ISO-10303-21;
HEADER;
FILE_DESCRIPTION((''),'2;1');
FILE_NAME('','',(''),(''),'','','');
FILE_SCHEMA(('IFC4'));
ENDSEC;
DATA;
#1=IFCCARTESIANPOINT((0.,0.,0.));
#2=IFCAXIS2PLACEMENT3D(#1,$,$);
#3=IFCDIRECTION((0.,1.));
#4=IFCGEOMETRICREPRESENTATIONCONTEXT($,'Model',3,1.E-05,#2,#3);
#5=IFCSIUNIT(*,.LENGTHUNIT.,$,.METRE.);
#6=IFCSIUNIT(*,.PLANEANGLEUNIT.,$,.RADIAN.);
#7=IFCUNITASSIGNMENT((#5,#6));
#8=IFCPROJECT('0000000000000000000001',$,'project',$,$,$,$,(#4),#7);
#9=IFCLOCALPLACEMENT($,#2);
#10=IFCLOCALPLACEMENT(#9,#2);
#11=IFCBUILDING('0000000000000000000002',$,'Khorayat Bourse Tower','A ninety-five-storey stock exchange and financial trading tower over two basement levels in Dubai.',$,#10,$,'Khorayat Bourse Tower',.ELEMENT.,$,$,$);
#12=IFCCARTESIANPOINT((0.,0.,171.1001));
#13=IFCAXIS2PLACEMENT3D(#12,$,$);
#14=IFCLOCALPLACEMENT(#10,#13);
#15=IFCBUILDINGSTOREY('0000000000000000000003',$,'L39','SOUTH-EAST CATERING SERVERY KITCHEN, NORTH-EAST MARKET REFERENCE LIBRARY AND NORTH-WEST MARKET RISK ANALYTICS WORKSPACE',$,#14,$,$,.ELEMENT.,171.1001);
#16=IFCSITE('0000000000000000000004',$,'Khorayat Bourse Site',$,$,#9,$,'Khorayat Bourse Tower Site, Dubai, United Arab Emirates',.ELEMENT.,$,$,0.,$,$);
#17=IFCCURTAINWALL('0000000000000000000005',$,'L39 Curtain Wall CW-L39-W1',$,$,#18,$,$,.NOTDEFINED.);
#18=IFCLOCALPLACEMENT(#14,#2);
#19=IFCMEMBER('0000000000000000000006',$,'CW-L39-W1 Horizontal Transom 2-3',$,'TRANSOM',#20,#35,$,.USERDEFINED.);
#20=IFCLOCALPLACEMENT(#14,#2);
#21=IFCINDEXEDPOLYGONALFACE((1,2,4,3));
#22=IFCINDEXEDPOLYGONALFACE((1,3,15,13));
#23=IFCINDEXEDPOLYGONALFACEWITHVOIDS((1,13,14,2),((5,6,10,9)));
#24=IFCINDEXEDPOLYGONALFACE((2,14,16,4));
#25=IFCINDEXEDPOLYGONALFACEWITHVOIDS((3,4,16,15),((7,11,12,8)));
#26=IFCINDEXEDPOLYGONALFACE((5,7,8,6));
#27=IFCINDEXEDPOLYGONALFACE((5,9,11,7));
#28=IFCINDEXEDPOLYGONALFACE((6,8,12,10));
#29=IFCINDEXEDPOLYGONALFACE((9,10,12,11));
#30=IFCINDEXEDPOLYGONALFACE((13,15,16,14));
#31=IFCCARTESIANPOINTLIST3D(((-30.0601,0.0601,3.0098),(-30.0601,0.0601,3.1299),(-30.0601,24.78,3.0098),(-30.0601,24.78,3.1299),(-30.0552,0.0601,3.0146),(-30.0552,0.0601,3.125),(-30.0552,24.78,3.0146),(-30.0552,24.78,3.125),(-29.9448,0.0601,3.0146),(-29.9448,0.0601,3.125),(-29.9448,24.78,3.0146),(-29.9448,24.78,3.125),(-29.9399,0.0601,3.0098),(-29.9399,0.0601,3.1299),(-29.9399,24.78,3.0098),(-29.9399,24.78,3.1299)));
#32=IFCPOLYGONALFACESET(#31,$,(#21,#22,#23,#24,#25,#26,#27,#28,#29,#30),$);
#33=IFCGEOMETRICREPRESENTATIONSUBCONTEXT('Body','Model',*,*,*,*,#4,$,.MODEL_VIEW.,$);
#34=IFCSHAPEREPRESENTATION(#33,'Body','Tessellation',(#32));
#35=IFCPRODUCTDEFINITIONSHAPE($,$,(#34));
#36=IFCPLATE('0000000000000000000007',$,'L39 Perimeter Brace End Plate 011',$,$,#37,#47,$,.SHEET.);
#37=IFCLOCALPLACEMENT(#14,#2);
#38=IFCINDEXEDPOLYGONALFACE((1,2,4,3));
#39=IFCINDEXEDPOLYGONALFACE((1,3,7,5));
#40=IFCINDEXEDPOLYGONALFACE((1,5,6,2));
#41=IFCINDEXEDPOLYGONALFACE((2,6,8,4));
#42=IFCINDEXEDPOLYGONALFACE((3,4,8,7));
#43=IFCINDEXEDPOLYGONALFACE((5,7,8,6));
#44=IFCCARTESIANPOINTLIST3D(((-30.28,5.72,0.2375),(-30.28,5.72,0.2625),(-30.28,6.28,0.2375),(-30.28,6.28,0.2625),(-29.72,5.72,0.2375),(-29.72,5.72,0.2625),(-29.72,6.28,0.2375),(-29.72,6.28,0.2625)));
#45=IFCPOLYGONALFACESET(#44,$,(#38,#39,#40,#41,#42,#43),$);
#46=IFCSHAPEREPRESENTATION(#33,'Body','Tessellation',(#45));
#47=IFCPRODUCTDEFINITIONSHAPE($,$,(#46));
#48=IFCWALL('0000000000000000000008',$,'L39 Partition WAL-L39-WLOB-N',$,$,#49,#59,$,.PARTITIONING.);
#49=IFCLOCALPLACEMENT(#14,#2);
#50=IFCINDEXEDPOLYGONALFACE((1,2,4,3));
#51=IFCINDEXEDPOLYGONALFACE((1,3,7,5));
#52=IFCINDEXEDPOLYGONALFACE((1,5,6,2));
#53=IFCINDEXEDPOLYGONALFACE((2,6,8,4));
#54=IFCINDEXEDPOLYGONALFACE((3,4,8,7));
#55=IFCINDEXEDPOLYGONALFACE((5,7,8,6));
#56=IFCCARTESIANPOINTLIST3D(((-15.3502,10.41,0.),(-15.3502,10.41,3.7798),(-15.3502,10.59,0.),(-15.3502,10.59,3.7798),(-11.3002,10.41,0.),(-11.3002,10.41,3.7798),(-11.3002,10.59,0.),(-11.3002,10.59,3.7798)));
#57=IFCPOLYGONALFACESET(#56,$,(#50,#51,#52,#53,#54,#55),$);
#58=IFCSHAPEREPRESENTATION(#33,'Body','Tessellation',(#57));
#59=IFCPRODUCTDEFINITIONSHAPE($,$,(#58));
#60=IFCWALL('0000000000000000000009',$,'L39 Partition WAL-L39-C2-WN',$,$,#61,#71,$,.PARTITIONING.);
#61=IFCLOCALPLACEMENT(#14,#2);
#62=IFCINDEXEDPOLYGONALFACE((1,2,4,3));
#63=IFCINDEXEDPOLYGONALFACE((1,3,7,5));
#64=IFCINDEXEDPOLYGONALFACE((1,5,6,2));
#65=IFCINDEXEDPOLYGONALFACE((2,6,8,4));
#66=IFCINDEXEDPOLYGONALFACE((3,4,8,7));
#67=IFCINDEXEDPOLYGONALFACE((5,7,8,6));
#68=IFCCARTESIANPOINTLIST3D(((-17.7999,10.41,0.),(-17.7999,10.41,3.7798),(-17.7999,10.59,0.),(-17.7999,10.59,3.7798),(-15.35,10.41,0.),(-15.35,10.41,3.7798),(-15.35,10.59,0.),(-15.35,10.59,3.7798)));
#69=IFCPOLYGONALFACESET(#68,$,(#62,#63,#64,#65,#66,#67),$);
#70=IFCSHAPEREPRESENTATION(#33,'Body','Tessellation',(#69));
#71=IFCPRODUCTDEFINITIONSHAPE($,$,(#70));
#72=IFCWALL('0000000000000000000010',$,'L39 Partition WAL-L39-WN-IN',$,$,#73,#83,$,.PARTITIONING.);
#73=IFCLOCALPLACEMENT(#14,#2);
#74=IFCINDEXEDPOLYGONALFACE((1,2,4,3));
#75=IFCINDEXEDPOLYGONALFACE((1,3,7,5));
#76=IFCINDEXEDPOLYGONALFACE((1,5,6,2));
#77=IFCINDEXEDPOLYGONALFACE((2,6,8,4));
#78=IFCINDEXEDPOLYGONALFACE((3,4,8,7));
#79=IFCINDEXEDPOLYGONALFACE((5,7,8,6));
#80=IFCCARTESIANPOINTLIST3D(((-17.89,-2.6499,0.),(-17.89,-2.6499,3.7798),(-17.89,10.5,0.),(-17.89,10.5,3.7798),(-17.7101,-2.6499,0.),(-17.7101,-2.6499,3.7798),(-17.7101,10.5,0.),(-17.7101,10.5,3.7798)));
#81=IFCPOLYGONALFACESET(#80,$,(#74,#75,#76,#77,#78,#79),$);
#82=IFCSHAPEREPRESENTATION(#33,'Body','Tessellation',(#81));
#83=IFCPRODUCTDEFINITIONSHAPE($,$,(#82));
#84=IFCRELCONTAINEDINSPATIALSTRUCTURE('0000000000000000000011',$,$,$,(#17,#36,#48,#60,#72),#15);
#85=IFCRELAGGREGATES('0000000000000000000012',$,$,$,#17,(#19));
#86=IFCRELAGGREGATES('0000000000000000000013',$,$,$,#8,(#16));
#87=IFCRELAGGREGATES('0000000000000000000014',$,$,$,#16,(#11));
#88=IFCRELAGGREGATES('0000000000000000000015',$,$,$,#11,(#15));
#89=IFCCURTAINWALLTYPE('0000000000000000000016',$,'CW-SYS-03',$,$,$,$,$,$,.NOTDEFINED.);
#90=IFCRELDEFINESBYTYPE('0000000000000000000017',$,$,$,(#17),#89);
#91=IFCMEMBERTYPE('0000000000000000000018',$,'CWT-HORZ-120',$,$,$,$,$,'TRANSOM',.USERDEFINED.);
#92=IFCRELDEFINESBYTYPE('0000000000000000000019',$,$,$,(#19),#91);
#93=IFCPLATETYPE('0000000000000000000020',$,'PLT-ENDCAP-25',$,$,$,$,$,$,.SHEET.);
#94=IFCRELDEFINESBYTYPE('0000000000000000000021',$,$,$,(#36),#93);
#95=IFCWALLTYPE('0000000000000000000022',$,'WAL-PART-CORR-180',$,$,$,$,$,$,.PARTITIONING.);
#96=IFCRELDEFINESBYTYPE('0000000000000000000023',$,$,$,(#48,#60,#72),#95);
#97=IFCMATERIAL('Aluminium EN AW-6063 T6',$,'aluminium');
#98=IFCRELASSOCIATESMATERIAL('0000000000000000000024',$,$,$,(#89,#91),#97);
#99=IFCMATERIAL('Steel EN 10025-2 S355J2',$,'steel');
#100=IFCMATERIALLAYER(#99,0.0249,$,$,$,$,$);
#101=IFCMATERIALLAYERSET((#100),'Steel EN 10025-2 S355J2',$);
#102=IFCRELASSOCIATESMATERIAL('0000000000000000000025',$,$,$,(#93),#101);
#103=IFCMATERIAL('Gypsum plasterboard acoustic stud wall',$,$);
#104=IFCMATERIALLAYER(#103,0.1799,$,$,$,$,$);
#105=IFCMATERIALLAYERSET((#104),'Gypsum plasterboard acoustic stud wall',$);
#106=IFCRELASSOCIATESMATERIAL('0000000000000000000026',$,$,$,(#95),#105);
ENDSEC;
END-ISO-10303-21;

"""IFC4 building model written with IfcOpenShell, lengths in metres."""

from ifc_helpers import new_model, si_unit, direction, frame, frame_2d, origin, origin_2d, place, context, subcontext, project, spatial, rectangle, hollow_rectangle, extrude, source, transform, mapped, material, layer, layer_set, material_profile, profile_set, type_object, element, aggregate, save


model = new_model("IFC4")

# Units and contexts
model_context = context("Model", 3, precision=1e-05, world=origin(), true_north=direction((0.0, 1.0)))
body_context = subcontext(model_context, "Body", "Model", "MODEL_VIEW")
ifc_project = project(units=[si_unit("LENGTHUNIT", "METRE"), si_unit("PLANEANGLEUNIT", "RADIAN")], contexts=[model_context])

# Site, building, storey
site_placement = place(None, origin())
site = spatial("IfcSite", under=ifc_project, at=site_placement, Name="Khorayat Bourse Site", LongName="Khorayat Bourse Tower Site, Dubai, United Arab Emirates", CompositionType="ELEMENT", RefElevation=0.0)
building_placement = place(site_placement, origin())
building = spatial("IfcBuilding", under=site, at=building_placement, Name="Khorayat Bourse Tower", Description="A ninety-five-storey stock exchange and financial trading tower over two basement levels in Dubai.", LongName="Khorayat Bourse Tower", CompositionType="ELEMENT")
storey_placement = place(building_placement, frame((0.0, 0.0, 171.1001)))
storey = spatial("IfcBuildingStorey", under=building, at=storey_placement, Name="L39", Description="SOUTH-EAST CATERING SERVERY KITCHEN, NORTH-EAST MARKET REFERENCE LIBRARY AND NORTH-WEST MARKET RISK ANALYTICS WORKSPACE", CompositionType="ELEMENT", Elevation=171.1001)

# Curtain wall, member
ifc_material_1 = material(Name="Aluminium EN AW-6063 T6", Category="aluminium")
curtain_wall_type = type_object("IfcCurtainWallType", Name="CW-SYS-03", PredefinedType="NOTDEFINED", material=ifc_material_1)
curtain_wall_placement = place(storey_placement, origin())
curtain_wall = element("IfcCurtainWall", 1, at=curtain_wall_placement, inside=storey, type_object=curtain_wall_type, Name="L39 Curtain Wall CW-L39-W1", PredefinedType="NOTDEFINED")
ifc_material_profile_1 = material_profile(ifc_material_1, hollow_rectangle(XDim=0.1201, YDim=0.1201, WallThickness=0.0049, at=origin_2d()), Name="ALU 120x120x5")
ifc_profile_set_1 = profile_set([ifc_material_profile_1], Name="Aluminium EN AW-6063 T6")
member_type_1 = type_object("IfcMemberType", Name="CWT-HORZ-120", ElementType="TRANSOM", PredefinedType="USERDEFINED", material=ifc_profile_set_1)
shared_shape_1 = source(origin(), body_context, "Body", "SweptSolid", [
    extrude(hollow_rectangle(XDim=0.1201, YDim=0.1201, WallThickness=0.0049, at=origin_2d()), origin(), (0.0, 0.0, 1.0), 24.72),
])
member_1_placement = place(storey_placement, frame((-30.0, 0.0601, 3.0698), z_axis=(0.0, 1.0, 0.0), x_axis=(-1.0, 0.0, 0.0)))
member_1 = element("IfcMember", 2, at=member_1_placement, type_object=member_type_1, Name="CW-L39-W1 Horizontal Transom 2-3", ObjectType="TRANSOM", PredefinedType="USERDEFINED", context=body_context, shape_type="MappedRepresentation", body=[
    mapped(shared_shape_1, transform((0.0, 0.0, 0.0), scale=1.0)),
])
aggregate(curtain_wall, [member_1])

# Plate
ifc_material_2 = material(Name="Steel EN 10025-2 S355J2", Category="steel")
ifc_layer_1 = layer(ifc_material_2, 0.0249)
ifc_layer_set_1 = layer_set([ifc_layer_1], Name="Steel EN 10025-2 S355J2")
plate_type = type_object("IfcPlateType", Name="PLT-ENDCAP-25", PredefinedType="SHEET", material=ifc_layer_set_1)
shared_shape_2 = source(origin(), body_context, "Body", "SweptSolid", [
    extrude(rectangle(XDim=0.5601, YDim=0.5601, at=origin_2d()), origin(), (0.0, 0.0, 1.0), 0.0249),
])
plate_placement = place(storey_placement, frame((-30.0, 6.0, 0.2375), z_axis=(0.0, 0.0, 1.0), x_axis=(1.0, 0.0, 0.0)))
element("IfcPlate", 3, at=plate_placement, inside=storey, type_object=plate_type, Name="L39 Perimeter Brace End Plate 011", PredefinedType="SHEET", context=body_context, shape_type="MappedRepresentation", body=[
    mapped(shared_shape_2, transform((0.0, 0.0, 0.0), scale=1.0)),
])

# Walls
ifc_material_3 = material(Name="Gypsum plasterboard acoustic stud wall")
ifc_layer_2 = layer(ifc_material_3, 0.1799)
ifc_layer_set_2 = layer_set([ifc_layer_2], Name="Gypsum plasterboard acoustic stud wall")
wall_type = type_object("IfcWallType", Name="WAL-PART-CORR-180", PredefinedType="PARTITIONING", material=ifc_layer_set_2)
shared_shape_3 = source(origin(), body_context, "Body", "SweptSolid", [
    extrude(rectangle(XDim=4.05, YDim=0.1799, at=frame_2d((2.0249, 0.0))), origin(), (0.0, 0.0, 1.0), 3.7798),
])
wall_1_placement = place(storey_placement, frame((-15.3501, 10.5, 0.0), z_axis=(0.0, 0.0, 1.0), x_axis=(1.0, 0.0, 0.0)))
element("IfcWall", 4, at=wall_1_placement, inside=storey, type_object=wall_type, Name="L39 Partition WAL-L39-WLOB-N", PredefinedType="PARTITIONING", context=body_context, shape_type="MappedRepresentation", body=[
    mapped(shared_shape_3, transform((0.0, 0.0, 0.0), scale=1.0)),
])
shared_shape_4 = source(origin(), body_context, "Body", "SweptSolid", [
    extrude(rectangle(XDim=2.45, YDim=0.1799, at=frame_2d((1.2251, 0.0))), origin(), (0.0, 0.0, 1.0), 3.7798),
])
wall_2_placement = place(storey_placement, frame((-17.8, 10.5, 0.0), z_axis=(0.0, 0.0, 1.0), x_axis=(1.0, 0.0, 0.0)))
element("IfcWall", 5, at=wall_2_placement, inside=storey, type_object=wall_type, Name="L39 Partition WAL-L39-C2-WN", PredefinedType="PARTITIONING", context=body_context, shape_type="MappedRepresentation", body=[
    mapped(shared_shape_4, transform((0.0, 0.0, 0.0), scale=1.0)),
])
shared_shape_5 = source(origin(), body_context, "Body", "SweptSolid", [
    extrude(rectangle(XDim=13.1499, YDim=0.1799, at=frame_2d((6.575, 0.0))), origin(), (0.0, 0.0, 1.0), 3.7798),
])
wall_3_placement = place(storey_placement, frame((-17.8, -2.6499, 0.0), z_axis=(0.0, 0.0, 1.0), x_axis=(0.0, 1.0, 0.0)))
element("IfcWall", 6, at=wall_3_placement, inside=storey, type_object=wall_type, Name="L39 Partition WAL-L39-WN-IN", PredefinedType="PARTITIONING", context=body_context, shape_type="MappedRepresentation", body=[
    mapped(shared_shape_5, transform((0.0, 0.0, 0.0), scale=1.0)),
])

save(model, "model.ifc")
